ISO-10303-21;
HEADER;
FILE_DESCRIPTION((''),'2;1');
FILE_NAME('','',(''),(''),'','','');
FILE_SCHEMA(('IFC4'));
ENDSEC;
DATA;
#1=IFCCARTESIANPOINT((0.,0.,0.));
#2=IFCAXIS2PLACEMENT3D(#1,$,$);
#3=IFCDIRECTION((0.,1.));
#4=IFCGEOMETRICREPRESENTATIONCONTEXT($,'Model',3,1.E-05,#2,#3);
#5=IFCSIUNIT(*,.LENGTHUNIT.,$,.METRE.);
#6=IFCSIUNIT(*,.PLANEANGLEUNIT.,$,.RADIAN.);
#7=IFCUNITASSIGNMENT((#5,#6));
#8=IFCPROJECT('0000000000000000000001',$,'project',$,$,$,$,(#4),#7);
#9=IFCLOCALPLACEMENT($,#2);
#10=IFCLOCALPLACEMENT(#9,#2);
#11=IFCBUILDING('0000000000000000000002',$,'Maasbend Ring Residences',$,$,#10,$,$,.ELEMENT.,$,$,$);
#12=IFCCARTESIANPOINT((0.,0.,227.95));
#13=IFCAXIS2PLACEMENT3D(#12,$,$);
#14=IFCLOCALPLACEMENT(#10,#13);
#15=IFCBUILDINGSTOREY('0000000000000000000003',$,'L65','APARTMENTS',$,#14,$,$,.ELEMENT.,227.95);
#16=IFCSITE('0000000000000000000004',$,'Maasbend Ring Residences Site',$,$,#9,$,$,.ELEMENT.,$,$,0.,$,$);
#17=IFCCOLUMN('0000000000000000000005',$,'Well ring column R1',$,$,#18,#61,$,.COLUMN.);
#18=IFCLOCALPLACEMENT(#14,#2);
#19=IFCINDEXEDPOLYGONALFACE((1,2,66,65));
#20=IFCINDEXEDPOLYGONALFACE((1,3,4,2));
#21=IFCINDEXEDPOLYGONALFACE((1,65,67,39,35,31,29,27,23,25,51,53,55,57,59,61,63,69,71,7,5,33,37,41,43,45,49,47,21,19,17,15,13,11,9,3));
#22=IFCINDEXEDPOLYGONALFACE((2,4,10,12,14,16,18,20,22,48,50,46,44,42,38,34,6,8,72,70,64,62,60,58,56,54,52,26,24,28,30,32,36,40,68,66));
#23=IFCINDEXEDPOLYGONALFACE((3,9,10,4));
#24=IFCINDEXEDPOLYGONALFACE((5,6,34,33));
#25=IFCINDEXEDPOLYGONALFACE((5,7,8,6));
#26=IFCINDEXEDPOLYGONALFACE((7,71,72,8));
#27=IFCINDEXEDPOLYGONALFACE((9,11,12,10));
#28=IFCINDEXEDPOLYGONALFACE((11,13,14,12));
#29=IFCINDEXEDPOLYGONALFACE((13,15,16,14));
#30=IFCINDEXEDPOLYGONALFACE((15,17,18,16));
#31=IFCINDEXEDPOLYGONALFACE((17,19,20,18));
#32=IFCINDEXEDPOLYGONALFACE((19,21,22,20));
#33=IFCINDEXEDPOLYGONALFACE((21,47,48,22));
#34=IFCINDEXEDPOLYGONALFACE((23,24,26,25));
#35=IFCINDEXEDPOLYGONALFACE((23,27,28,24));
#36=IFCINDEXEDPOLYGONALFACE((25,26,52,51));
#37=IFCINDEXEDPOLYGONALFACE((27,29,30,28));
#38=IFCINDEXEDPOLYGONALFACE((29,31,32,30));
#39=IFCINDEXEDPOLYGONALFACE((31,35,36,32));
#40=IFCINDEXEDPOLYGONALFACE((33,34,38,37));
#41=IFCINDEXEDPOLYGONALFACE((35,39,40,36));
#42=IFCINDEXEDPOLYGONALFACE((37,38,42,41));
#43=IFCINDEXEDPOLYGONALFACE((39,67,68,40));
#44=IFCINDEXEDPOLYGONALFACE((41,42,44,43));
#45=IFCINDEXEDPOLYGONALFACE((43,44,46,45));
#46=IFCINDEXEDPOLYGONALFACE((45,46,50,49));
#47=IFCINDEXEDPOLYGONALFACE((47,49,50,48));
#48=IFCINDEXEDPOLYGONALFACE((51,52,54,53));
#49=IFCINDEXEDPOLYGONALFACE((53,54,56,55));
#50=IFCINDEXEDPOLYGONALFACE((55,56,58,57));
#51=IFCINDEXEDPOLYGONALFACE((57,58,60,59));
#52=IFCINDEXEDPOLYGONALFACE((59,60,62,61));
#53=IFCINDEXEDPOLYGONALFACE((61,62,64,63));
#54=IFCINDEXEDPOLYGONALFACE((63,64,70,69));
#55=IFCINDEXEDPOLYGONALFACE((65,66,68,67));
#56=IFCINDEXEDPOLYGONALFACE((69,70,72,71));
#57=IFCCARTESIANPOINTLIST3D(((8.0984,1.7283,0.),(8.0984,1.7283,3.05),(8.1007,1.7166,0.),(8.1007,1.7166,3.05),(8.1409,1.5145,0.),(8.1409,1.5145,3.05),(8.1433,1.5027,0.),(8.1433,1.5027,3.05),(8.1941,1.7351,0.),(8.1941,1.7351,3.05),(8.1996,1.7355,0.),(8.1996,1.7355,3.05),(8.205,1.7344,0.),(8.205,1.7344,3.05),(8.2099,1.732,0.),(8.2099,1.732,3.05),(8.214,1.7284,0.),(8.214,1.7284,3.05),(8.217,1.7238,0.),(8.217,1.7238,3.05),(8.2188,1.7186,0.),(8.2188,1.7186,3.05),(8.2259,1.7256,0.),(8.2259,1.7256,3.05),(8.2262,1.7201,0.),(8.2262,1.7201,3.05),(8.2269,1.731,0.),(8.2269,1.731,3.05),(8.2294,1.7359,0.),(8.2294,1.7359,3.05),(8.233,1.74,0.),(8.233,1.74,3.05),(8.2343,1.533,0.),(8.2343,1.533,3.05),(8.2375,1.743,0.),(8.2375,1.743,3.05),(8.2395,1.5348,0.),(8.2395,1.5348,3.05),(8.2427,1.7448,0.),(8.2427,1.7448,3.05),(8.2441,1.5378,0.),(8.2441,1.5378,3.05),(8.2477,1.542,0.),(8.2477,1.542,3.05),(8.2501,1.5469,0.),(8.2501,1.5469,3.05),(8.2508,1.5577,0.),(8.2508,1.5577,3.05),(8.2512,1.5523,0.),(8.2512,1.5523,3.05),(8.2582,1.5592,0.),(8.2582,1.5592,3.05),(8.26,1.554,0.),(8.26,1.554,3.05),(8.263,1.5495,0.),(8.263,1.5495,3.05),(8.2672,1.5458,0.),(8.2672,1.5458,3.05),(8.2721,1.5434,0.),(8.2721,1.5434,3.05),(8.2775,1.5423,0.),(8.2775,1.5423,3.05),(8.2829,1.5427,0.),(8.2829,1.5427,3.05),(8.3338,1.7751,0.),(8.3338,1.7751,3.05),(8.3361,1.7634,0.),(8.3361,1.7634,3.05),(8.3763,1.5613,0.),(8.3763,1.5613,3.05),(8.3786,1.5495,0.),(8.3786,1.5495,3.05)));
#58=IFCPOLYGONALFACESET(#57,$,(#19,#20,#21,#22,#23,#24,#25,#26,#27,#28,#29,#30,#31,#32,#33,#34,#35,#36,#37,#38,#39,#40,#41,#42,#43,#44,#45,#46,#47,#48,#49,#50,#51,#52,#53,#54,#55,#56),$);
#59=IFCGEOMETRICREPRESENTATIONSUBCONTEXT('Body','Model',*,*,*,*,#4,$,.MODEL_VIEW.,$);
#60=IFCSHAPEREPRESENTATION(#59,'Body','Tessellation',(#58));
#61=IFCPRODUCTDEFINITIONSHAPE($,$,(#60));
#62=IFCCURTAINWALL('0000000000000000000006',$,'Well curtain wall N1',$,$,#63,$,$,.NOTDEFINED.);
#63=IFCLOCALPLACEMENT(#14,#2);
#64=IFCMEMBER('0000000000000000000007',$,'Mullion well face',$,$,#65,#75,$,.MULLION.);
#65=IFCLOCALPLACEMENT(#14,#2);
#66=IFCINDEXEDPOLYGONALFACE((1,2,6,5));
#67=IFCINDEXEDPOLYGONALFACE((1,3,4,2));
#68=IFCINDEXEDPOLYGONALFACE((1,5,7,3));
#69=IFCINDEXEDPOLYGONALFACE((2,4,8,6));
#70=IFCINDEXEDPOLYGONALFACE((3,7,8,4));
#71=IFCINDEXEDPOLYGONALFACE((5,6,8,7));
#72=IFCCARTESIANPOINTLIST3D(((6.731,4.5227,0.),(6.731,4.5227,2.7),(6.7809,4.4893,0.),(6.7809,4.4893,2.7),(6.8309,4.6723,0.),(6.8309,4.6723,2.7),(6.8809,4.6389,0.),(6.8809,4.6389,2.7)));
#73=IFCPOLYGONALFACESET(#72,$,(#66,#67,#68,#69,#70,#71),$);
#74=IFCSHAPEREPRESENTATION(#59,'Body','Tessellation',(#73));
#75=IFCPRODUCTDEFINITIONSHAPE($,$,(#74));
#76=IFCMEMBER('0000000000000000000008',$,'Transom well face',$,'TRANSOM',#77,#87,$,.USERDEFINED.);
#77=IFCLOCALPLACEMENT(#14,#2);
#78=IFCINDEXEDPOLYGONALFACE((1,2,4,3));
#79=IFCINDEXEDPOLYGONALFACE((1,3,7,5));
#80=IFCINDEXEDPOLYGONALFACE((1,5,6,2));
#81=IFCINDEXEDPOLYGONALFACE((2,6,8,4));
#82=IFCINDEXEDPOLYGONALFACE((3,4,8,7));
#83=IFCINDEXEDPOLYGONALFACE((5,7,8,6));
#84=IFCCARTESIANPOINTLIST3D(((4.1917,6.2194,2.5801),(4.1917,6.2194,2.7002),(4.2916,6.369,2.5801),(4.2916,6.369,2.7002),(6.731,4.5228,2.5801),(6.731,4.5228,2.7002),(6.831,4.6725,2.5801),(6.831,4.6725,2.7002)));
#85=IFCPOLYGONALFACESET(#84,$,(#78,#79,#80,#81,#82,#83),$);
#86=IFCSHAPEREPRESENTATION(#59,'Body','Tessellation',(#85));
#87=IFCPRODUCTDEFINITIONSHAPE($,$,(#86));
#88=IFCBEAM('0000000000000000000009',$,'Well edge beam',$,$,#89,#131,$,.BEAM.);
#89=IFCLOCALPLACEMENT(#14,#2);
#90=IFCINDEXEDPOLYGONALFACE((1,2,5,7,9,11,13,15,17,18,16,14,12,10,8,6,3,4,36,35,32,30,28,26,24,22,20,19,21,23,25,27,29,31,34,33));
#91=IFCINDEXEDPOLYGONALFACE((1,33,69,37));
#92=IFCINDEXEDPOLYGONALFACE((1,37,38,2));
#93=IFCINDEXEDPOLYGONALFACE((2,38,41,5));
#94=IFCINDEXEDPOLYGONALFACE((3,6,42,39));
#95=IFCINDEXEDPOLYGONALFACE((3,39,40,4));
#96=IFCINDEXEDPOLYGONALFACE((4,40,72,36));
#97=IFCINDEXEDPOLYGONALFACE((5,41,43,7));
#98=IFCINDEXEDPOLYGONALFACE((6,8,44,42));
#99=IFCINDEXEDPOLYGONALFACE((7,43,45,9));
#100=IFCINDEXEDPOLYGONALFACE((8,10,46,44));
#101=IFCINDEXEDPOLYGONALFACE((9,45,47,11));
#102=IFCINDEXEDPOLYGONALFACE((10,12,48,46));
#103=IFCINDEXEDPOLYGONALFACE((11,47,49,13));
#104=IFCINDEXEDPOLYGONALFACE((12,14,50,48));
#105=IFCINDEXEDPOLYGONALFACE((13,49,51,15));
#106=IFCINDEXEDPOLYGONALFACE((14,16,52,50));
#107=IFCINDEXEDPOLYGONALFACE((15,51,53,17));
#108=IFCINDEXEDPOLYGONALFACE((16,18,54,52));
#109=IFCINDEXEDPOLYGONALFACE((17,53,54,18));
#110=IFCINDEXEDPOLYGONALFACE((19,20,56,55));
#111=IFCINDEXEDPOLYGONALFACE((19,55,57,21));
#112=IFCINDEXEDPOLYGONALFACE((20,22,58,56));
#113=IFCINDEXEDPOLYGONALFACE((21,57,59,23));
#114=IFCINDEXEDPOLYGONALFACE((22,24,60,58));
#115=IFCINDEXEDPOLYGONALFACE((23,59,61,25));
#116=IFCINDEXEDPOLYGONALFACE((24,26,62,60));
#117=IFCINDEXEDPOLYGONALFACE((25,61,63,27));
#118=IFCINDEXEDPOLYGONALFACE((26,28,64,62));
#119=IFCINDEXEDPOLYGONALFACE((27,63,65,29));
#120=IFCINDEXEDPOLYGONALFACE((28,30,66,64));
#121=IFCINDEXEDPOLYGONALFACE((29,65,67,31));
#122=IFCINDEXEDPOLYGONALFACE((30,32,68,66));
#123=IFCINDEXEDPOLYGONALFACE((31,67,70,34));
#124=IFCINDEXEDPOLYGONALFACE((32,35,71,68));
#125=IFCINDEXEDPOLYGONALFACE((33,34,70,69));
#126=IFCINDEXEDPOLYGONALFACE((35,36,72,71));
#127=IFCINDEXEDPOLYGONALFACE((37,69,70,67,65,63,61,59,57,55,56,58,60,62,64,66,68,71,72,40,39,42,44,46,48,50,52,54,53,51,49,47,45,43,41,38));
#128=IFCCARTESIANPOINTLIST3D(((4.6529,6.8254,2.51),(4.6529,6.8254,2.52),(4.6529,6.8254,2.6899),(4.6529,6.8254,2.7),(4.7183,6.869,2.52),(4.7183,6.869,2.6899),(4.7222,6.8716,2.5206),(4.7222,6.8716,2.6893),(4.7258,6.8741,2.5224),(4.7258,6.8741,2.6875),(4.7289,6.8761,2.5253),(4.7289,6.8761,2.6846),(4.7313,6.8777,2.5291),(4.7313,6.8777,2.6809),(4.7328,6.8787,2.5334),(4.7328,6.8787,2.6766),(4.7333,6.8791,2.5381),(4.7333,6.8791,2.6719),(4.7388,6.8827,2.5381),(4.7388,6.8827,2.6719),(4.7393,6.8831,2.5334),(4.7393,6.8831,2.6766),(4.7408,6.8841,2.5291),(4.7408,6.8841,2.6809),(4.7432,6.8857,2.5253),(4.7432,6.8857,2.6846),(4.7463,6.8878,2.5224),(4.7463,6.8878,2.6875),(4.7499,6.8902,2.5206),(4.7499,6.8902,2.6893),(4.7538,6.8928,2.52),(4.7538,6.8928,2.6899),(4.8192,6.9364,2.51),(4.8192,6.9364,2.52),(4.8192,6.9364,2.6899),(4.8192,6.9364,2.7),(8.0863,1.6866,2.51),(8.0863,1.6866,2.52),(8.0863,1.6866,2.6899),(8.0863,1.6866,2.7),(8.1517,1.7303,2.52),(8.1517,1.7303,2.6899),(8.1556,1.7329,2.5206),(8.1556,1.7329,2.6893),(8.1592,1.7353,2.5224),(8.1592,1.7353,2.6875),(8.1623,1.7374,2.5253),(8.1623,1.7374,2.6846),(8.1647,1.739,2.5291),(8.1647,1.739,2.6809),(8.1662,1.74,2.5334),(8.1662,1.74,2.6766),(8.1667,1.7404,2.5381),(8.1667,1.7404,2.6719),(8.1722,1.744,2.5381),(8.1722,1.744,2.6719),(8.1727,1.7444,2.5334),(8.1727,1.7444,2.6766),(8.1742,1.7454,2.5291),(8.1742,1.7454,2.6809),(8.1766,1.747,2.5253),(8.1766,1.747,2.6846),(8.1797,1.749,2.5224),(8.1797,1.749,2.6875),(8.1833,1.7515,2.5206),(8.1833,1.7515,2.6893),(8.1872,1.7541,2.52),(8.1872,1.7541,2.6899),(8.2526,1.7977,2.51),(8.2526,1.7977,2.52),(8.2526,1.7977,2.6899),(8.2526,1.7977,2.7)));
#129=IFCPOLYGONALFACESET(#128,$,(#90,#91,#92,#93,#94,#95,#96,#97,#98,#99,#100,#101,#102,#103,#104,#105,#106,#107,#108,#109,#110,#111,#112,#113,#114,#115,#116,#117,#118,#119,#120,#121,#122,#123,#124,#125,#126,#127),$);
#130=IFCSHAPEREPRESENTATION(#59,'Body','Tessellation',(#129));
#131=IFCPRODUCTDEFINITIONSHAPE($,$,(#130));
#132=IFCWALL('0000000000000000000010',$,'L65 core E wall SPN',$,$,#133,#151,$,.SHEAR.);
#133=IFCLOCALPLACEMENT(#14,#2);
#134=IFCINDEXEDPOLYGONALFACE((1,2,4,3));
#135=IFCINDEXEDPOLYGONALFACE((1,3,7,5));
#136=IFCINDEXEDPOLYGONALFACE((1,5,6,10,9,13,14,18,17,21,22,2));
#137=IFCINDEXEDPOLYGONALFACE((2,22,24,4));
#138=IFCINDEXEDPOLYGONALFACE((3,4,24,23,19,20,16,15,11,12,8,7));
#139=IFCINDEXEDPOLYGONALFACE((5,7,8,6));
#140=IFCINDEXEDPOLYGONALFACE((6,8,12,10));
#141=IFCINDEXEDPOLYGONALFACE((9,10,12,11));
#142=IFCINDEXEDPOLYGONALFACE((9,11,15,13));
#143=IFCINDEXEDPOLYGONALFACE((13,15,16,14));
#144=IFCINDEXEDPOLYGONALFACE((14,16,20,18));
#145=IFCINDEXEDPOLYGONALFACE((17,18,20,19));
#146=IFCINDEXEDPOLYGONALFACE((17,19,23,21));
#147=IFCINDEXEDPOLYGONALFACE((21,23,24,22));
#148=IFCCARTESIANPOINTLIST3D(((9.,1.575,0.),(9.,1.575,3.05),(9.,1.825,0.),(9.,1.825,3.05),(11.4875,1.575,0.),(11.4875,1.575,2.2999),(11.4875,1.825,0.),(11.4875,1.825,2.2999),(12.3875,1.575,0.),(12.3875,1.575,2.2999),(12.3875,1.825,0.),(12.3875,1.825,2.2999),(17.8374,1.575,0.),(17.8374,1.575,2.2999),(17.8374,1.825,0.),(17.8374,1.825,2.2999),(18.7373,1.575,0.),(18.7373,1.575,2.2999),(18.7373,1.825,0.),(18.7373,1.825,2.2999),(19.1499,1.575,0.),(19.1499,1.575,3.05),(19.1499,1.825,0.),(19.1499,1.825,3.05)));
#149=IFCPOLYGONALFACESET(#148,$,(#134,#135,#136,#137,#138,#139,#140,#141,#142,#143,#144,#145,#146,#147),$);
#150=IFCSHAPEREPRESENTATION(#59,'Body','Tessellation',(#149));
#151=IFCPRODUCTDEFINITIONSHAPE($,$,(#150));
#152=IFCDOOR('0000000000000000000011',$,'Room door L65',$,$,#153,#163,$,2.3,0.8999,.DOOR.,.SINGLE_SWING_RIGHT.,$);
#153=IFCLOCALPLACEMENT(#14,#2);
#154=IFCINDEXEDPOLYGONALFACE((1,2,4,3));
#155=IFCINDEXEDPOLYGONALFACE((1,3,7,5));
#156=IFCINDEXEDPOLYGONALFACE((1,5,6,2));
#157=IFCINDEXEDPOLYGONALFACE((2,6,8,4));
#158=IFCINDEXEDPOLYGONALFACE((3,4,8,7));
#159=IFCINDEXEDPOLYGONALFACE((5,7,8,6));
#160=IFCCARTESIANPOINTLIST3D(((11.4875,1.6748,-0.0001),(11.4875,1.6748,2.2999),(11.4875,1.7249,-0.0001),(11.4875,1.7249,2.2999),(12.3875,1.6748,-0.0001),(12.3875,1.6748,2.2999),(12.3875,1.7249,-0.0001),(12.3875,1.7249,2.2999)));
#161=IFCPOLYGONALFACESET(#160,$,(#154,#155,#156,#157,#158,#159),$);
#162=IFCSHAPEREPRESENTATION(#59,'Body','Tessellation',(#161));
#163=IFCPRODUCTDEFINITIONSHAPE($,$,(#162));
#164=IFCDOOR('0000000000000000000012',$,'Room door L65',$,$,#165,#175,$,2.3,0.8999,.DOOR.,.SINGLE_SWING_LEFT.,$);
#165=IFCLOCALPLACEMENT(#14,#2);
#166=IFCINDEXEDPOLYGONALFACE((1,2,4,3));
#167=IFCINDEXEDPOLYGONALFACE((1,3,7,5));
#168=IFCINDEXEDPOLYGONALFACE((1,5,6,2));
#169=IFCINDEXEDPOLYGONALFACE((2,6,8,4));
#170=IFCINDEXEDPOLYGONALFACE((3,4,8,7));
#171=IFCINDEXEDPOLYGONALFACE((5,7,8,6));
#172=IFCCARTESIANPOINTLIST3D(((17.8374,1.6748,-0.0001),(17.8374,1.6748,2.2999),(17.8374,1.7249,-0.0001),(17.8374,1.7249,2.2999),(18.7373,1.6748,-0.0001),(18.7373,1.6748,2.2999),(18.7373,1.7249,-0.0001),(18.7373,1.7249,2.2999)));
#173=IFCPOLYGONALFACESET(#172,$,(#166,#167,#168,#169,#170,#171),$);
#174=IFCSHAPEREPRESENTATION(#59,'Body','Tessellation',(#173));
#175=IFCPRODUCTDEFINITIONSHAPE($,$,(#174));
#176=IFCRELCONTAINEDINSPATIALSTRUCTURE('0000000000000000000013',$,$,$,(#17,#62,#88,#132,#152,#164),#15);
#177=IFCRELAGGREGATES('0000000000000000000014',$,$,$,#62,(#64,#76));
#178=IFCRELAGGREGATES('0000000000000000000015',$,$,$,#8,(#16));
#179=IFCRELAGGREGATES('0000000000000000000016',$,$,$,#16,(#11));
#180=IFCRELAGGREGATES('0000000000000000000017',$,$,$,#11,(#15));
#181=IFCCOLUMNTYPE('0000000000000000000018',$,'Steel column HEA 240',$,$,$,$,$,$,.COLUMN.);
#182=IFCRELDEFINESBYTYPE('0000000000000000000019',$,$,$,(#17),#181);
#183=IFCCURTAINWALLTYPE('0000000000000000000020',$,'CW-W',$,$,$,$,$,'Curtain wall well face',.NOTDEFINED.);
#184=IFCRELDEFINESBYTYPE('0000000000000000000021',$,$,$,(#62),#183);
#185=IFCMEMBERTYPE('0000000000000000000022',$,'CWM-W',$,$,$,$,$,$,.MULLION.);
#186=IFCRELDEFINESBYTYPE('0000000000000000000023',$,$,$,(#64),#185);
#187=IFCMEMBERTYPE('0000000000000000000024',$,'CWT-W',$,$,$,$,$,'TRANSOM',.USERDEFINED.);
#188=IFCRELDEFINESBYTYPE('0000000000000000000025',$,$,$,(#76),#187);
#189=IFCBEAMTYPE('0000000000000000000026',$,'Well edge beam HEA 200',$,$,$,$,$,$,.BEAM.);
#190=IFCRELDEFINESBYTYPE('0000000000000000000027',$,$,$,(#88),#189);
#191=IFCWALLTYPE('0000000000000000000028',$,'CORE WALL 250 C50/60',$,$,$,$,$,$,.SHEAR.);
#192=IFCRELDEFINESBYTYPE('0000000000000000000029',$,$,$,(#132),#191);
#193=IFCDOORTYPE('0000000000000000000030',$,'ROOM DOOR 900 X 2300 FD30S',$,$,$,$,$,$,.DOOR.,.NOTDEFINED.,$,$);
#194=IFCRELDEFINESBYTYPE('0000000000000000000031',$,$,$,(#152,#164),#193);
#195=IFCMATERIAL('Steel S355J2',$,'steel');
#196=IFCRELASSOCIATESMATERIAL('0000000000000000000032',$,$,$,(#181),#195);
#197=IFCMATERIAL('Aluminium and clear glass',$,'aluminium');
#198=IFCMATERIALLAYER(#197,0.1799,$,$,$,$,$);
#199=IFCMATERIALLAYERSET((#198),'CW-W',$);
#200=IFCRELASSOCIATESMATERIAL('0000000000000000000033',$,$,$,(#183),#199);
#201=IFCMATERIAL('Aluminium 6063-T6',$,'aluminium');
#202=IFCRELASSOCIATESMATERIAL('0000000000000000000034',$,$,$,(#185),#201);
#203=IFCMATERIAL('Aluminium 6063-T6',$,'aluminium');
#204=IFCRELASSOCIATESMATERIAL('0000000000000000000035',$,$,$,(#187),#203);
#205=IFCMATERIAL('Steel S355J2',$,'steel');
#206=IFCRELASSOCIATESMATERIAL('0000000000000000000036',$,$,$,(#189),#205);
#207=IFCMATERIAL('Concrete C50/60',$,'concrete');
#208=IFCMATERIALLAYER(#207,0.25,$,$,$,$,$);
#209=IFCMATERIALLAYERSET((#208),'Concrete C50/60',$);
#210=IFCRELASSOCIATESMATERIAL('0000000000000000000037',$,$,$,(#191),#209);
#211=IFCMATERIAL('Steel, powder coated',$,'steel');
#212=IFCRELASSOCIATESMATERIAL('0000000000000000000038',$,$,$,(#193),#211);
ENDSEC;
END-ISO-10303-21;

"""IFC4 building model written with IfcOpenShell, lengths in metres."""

from ifc_helpers import new_model, si_unit, direction, frame, frame_2d, origin, origin_2d, place, context, subcontext, project, spatial, rectangle, i_section, extrude, material, layer, layer_set, material_profile, profile_set, type_object, element, fill, aggregate, save


model = new_model("IFC4")

# Units and contexts
model_context = context("Model", 3, precision=1e-05, world=origin(), true_north=direction((0.0, 1.0)))
body_context = subcontext(model_context, "Body", "Model", "MODEL_VIEW")
ifc_project = project(units=[si_unit("LENGTHUNIT", "METRE"), si_unit("PLANEANGLEUNIT", "RADIAN")], contexts=[model_context])

# Site, building, storey
site_placement = place(None, origin())
site = spatial("IfcSite", under=ifc_project, at=site_placement, Name="Maasbend Ring Residences Site", CompositionType="ELEMENT", RefElevation=0.0)
building_placement = place(site_placement, origin())
building = spatial("IfcBuilding", under=site, at=building_placement, Name="Maasbend Ring Residences", CompositionType="ELEMENT")
storey_placement = place(building_placement, frame((0.0, 0.0, 227.95)))
storey = spatial("IfcBuildingStorey", under=building, at=storey_placement, Name="L65", Description="APARTMENTS", CompositionType="ELEMENT", Elevation=227.95)

# Column
ifc_material_1 = material(Name="Steel S355J2", Category="steel")
ifc_material_profile_1 = material_profile(ifc_material_1, i_section(OverallWidth=0.24, OverallDepth=0.23, WebThickness=0.0076, FlangeThickness=0.012, FilletRadius=0.021, at=origin_2d()), Name="HEA 240")
ifc_profile_set_1 = profile_set([ifc_material_profile_1], Name="Steel S355J2")
column_type = type_object("IfcColumnType", Name="Steel column HEA 240", PredefinedType="COLUMN", material=ifc_profile_set_1)
column_placement = place(storey_placement, frame((8.2385, 1.6389, 0.0), z_axis=(0.0, 0.0, 1.0), x_axis=(0.980785, 0.19509, 0.0)))
element("IfcColumn", 1, at=column_placement, inside=storey, type_object=column_type, Name="Well ring column R1", PredefinedType="COLUMN", context=body_context, shape_type="SweptSolid", body=[
    extrude(i_section(OverallWidth=0.24, OverallDepth=0.23, WebThickness=0.0076, FlangeThickness=0.012, FilletRadius=0.021, at=origin_2d()), origin(), (0.0, 0.0, 1.0), 3.05),
])

# Curtain wall, members
ifc_material_2 = material(Name="Aluminium and clear glass", Category="aluminium")
ifc_layer_1 = layer(ifc_material_2, 0.1799)
ifc_layer_set_1 = layer_set([ifc_layer_1], Name="CW-W")
curtain_wall_type = type_object("IfcCurtainWallType", Name="CW-W", ElementType="Curtain wall well face", PredefinedType="NOTDEFINED", material=ifc_layer_set_1)
curtain_wall_placement = place(storey_placement, origin())
curtain_wall = element("IfcCurtainWall", 2, at=curtain_wall_placement, inside=storey, type_object=curtain_wall_type, Name="Well curtain wall N1", PredefinedType="NOTDEFINED")
ifc_material_3 = material(Name="Aluminium 6063-T6", Category="aluminium")
ifc_material_profile_2 = material_profile(ifc_material_3, rectangle(XDim=0.1799, YDim=0.0601, at=origin_2d()), Name="AL 180x60")
ifc_profile_set_2 = profile_set([ifc_material_profile_2], Name="Aluminium 6063-T6")
member_type_1 = type_object("IfcMemberType", Name="CWM-W", PredefinedType="MULLION", material=ifc_profile_set_2)
member_1_placement = place(storey_placement, frame((6.8059, 4.5808, 0.0), z_axis=(0.0, 0.0, 1.0), x_axis=(-0.55557, -0.83147, 0.0)))
member_1 = element("IfcMember", 3, at=member_1_placement, type_object=member_type_1, Name="Mullion well face", PredefinedType="MULLION", context=body_context, shape_type="SweptSolid", body=[
    extrude(rectangle(XDim=0.1799, YDim=0.0601, at=origin_2d()), origin(), (0.0, 0.0, 1.0), 2.7),
])
ifc_material_4 = material(Name="Aluminium 6063-T6", Category="aluminium")
ifc_material_profile_3 = material_profile(ifc_material_4, rectangle(XDim=0.1799, YDim=0.1201, at=origin_2d()), Name="AL 180x120")
ifc_profile_set_3 = profile_set([ifc_material_profile_3], Name="Aluminium 6063-T6")
member_type_2 = type_object("IfcMemberType", Name="CWT-W", ElementType="TRANSOM", PredefinedType="USERDEFINED", material=ifc_profile_set_3)
member_2_placement = place(storey_placement, frame((6.781, 4.5977, 2.6401), z_axis=(-0.831496, 0.55553, 0.0), x_axis=(-0.55553, -0.831496, 0.0)))
member_2 = element("IfcMember", 4, at=member_2_placement, type_object=member_type_2, Name="Transom well face", ObjectType="TRANSOM", PredefinedType="USERDEFINED", context=body_context, shape_type="SweptSolid", body=[
    extrude(rectangle(XDim=0.1799, YDim=0.1201, at=origin_2d()), origin(), (0.0, 0.0, 1.0), 3.054),
])
aggregate(curtain_wall, [member_1, member_2])

# Beam
ifc_material_5 = material(Name="Steel S355J2", Category="steel")
ifc_material_profile_4 = material_profile(ifc_material_5, i_section(OverallWidth=0.2, OverallDepth=0.1899, WebThickness=0.0066, FlangeThickness=0.01, FilletRadius=0.0181, at=origin_2d()), Name="HEA 200")
ifc_profile_set_4 = profile_set([ifc_material_profile_4], Name="Steel S355J2")
beam_type = type_object("IfcBeamType", Name="Well edge beam HEA 200", PredefinedType="BEAM", material=ifc_profile_set_4)
beam_placement = place(storey_placement, frame((8.1694, 1.7422, 2.605), z_axis=(-0.555548, 0.831485, 0.0), x_axis=(-0.831485, -0.555548, 0.0)))
element("IfcBeam", 5, at=beam_placement, inside=storey, type_object=beam_type, Name="Well edge beam", PredefinedType="BEAM", context=body_context, shape_type="SweptSolid", body=[
    extrude(i_section(OverallWidth=0.2, OverallDepth=0.1899, WebThickness=0.0066, FlangeThickness=0.01, FilletRadius=0.0181, at=origin_2d()), origin(), (0.0, 0.0, 1.0), 6.1802),
])

# Wall, openings, doors
ifc_material_6 = material(Name="Concrete C50/60", Category="concrete")
ifc_layer_2 = layer(ifc_material_6, 0.25)
ifc_layer_set_2 = layer_set([ifc_layer_2], Name="Concrete C50/60")
wall_type_1 = type_object("IfcWallType", Name="CORE WALL 250 C50/60", PredefinedType="SHEAR", material=ifc_layer_set_2)
wall_1_placement = place(storey_placement, frame((9.0, 1.7, 0.0), z_axis=(0.0, 0.0, 1.0), x_axis=(1.0, 0.0, 0.0)))
wall_1 = element("IfcWall", 6, at=wall_1_placement, inside=storey, type_object=wall_type_1, Name="L65 core E wall SPN", PredefinedType="SHEAR", context=body_context, shape_type="SweptSolid", body=[
    extrude(rectangle(XDim=10.1499, YDim=0.25, at=frame_2d((5.075, 0.0))), origin(), (0.0, 0.0, 1.0), 3.05),
])
opening_1_placement = place(wall_1_placement, frame((2.4875, 0.0, 0.0)))
opening_1 = element("IfcOpeningElement", 7, at=opening_1_placement, cuts=wall_1, PredefinedType="OPENING", context=body_context, shape_type="SweptSolid", body=[
    extrude(rectangle(XDim=0.8999, YDim=2.3, at=frame_2d((0.45, 1.1499))), frame((0.0, 0.135, 0.0), z_axis=(0.0, -1.0, 0.0), x_axis=(1.0, 0.0, 0.0)), (0.0, 0.0, 1.0), 0.27),
])
opening_2_placement = place(wall_1_placement, frame((8.8374, 0.0, 0.0)))
opening_2 = element("IfcOpeningElement", 8, at=opening_2_placement, cuts=wall_1, PredefinedType="OPENING", context=body_context, shape_type="SweptSolid", body=[
    extrude(rectangle(XDim=0.8999, YDim=2.3, at=frame_2d((0.45, 1.1499))), frame((0.0, 0.135, 0.0), z_axis=(0.0, -1.0, 0.0), x_axis=(1.0, 0.0, 0.0)), (0.0, 0.0, 1.0), 0.27),
])
ifc_material_7 = material(Name="Steel, powder coated", Category="steel")
door_type_1 = type_object("IfcDoorType", Name="ROOM DOOR 900 X 2300 FD30S", OperationType="NOTDEFINED", PredefinedType="DOOR", material=ifc_material_7)
door_1_placement = place(opening_1_placement, origin())
door_1 = element("IfcDoor", 9, at=door_1_placement, inside=storey, type_object=door_type_1, Name="Room door L65", OperationType="SINGLE_SWING_RIGHT", OverallHeight=2.3, OverallWidth=0.8999, PredefinedType="DOOR", context=body_context, shape_type="SweptSolid", body=[
    extrude(rectangle(XDim=0.8999, YDim=2.3, at=frame_2d((0.45, 1.1499))), frame((0.0, 0.0249, 0.0), z_axis=(0.0, -1.0, 0.0), x_axis=(1.0, 0.0, 0.0)), (0.0, 0.0, 1.0), 0.05),
])
fill(opening_1, door_1)
door_2_placement = place(opening_2_placement, origin())
door_2 = element("IfcDoor", 10, at=door_2_placement, inside=storey, type_object=door_type_1, Name="Room door L65", OperationType="SINGLE_SWING_LEFT", OverallHeight=2.3, OverallWidth=0.8999, PredefinedType="DOOR", context=body_context, shape_type="SweptSolid", body=[
    extrude(rectangle(XDim=0.8999, YDim=2.3, at=frame_2d((0.45, 1.1499))), frame((0.0, 0.0249, 0.0), z_axis=(0.0, -1.0, 0.0), x_axis=(1.0, 0.0, 0.0)), (0.0, 0.0, 1.0), 0.05),
])
fill(opening_2, door_2)

save(model, "model.ifc")
